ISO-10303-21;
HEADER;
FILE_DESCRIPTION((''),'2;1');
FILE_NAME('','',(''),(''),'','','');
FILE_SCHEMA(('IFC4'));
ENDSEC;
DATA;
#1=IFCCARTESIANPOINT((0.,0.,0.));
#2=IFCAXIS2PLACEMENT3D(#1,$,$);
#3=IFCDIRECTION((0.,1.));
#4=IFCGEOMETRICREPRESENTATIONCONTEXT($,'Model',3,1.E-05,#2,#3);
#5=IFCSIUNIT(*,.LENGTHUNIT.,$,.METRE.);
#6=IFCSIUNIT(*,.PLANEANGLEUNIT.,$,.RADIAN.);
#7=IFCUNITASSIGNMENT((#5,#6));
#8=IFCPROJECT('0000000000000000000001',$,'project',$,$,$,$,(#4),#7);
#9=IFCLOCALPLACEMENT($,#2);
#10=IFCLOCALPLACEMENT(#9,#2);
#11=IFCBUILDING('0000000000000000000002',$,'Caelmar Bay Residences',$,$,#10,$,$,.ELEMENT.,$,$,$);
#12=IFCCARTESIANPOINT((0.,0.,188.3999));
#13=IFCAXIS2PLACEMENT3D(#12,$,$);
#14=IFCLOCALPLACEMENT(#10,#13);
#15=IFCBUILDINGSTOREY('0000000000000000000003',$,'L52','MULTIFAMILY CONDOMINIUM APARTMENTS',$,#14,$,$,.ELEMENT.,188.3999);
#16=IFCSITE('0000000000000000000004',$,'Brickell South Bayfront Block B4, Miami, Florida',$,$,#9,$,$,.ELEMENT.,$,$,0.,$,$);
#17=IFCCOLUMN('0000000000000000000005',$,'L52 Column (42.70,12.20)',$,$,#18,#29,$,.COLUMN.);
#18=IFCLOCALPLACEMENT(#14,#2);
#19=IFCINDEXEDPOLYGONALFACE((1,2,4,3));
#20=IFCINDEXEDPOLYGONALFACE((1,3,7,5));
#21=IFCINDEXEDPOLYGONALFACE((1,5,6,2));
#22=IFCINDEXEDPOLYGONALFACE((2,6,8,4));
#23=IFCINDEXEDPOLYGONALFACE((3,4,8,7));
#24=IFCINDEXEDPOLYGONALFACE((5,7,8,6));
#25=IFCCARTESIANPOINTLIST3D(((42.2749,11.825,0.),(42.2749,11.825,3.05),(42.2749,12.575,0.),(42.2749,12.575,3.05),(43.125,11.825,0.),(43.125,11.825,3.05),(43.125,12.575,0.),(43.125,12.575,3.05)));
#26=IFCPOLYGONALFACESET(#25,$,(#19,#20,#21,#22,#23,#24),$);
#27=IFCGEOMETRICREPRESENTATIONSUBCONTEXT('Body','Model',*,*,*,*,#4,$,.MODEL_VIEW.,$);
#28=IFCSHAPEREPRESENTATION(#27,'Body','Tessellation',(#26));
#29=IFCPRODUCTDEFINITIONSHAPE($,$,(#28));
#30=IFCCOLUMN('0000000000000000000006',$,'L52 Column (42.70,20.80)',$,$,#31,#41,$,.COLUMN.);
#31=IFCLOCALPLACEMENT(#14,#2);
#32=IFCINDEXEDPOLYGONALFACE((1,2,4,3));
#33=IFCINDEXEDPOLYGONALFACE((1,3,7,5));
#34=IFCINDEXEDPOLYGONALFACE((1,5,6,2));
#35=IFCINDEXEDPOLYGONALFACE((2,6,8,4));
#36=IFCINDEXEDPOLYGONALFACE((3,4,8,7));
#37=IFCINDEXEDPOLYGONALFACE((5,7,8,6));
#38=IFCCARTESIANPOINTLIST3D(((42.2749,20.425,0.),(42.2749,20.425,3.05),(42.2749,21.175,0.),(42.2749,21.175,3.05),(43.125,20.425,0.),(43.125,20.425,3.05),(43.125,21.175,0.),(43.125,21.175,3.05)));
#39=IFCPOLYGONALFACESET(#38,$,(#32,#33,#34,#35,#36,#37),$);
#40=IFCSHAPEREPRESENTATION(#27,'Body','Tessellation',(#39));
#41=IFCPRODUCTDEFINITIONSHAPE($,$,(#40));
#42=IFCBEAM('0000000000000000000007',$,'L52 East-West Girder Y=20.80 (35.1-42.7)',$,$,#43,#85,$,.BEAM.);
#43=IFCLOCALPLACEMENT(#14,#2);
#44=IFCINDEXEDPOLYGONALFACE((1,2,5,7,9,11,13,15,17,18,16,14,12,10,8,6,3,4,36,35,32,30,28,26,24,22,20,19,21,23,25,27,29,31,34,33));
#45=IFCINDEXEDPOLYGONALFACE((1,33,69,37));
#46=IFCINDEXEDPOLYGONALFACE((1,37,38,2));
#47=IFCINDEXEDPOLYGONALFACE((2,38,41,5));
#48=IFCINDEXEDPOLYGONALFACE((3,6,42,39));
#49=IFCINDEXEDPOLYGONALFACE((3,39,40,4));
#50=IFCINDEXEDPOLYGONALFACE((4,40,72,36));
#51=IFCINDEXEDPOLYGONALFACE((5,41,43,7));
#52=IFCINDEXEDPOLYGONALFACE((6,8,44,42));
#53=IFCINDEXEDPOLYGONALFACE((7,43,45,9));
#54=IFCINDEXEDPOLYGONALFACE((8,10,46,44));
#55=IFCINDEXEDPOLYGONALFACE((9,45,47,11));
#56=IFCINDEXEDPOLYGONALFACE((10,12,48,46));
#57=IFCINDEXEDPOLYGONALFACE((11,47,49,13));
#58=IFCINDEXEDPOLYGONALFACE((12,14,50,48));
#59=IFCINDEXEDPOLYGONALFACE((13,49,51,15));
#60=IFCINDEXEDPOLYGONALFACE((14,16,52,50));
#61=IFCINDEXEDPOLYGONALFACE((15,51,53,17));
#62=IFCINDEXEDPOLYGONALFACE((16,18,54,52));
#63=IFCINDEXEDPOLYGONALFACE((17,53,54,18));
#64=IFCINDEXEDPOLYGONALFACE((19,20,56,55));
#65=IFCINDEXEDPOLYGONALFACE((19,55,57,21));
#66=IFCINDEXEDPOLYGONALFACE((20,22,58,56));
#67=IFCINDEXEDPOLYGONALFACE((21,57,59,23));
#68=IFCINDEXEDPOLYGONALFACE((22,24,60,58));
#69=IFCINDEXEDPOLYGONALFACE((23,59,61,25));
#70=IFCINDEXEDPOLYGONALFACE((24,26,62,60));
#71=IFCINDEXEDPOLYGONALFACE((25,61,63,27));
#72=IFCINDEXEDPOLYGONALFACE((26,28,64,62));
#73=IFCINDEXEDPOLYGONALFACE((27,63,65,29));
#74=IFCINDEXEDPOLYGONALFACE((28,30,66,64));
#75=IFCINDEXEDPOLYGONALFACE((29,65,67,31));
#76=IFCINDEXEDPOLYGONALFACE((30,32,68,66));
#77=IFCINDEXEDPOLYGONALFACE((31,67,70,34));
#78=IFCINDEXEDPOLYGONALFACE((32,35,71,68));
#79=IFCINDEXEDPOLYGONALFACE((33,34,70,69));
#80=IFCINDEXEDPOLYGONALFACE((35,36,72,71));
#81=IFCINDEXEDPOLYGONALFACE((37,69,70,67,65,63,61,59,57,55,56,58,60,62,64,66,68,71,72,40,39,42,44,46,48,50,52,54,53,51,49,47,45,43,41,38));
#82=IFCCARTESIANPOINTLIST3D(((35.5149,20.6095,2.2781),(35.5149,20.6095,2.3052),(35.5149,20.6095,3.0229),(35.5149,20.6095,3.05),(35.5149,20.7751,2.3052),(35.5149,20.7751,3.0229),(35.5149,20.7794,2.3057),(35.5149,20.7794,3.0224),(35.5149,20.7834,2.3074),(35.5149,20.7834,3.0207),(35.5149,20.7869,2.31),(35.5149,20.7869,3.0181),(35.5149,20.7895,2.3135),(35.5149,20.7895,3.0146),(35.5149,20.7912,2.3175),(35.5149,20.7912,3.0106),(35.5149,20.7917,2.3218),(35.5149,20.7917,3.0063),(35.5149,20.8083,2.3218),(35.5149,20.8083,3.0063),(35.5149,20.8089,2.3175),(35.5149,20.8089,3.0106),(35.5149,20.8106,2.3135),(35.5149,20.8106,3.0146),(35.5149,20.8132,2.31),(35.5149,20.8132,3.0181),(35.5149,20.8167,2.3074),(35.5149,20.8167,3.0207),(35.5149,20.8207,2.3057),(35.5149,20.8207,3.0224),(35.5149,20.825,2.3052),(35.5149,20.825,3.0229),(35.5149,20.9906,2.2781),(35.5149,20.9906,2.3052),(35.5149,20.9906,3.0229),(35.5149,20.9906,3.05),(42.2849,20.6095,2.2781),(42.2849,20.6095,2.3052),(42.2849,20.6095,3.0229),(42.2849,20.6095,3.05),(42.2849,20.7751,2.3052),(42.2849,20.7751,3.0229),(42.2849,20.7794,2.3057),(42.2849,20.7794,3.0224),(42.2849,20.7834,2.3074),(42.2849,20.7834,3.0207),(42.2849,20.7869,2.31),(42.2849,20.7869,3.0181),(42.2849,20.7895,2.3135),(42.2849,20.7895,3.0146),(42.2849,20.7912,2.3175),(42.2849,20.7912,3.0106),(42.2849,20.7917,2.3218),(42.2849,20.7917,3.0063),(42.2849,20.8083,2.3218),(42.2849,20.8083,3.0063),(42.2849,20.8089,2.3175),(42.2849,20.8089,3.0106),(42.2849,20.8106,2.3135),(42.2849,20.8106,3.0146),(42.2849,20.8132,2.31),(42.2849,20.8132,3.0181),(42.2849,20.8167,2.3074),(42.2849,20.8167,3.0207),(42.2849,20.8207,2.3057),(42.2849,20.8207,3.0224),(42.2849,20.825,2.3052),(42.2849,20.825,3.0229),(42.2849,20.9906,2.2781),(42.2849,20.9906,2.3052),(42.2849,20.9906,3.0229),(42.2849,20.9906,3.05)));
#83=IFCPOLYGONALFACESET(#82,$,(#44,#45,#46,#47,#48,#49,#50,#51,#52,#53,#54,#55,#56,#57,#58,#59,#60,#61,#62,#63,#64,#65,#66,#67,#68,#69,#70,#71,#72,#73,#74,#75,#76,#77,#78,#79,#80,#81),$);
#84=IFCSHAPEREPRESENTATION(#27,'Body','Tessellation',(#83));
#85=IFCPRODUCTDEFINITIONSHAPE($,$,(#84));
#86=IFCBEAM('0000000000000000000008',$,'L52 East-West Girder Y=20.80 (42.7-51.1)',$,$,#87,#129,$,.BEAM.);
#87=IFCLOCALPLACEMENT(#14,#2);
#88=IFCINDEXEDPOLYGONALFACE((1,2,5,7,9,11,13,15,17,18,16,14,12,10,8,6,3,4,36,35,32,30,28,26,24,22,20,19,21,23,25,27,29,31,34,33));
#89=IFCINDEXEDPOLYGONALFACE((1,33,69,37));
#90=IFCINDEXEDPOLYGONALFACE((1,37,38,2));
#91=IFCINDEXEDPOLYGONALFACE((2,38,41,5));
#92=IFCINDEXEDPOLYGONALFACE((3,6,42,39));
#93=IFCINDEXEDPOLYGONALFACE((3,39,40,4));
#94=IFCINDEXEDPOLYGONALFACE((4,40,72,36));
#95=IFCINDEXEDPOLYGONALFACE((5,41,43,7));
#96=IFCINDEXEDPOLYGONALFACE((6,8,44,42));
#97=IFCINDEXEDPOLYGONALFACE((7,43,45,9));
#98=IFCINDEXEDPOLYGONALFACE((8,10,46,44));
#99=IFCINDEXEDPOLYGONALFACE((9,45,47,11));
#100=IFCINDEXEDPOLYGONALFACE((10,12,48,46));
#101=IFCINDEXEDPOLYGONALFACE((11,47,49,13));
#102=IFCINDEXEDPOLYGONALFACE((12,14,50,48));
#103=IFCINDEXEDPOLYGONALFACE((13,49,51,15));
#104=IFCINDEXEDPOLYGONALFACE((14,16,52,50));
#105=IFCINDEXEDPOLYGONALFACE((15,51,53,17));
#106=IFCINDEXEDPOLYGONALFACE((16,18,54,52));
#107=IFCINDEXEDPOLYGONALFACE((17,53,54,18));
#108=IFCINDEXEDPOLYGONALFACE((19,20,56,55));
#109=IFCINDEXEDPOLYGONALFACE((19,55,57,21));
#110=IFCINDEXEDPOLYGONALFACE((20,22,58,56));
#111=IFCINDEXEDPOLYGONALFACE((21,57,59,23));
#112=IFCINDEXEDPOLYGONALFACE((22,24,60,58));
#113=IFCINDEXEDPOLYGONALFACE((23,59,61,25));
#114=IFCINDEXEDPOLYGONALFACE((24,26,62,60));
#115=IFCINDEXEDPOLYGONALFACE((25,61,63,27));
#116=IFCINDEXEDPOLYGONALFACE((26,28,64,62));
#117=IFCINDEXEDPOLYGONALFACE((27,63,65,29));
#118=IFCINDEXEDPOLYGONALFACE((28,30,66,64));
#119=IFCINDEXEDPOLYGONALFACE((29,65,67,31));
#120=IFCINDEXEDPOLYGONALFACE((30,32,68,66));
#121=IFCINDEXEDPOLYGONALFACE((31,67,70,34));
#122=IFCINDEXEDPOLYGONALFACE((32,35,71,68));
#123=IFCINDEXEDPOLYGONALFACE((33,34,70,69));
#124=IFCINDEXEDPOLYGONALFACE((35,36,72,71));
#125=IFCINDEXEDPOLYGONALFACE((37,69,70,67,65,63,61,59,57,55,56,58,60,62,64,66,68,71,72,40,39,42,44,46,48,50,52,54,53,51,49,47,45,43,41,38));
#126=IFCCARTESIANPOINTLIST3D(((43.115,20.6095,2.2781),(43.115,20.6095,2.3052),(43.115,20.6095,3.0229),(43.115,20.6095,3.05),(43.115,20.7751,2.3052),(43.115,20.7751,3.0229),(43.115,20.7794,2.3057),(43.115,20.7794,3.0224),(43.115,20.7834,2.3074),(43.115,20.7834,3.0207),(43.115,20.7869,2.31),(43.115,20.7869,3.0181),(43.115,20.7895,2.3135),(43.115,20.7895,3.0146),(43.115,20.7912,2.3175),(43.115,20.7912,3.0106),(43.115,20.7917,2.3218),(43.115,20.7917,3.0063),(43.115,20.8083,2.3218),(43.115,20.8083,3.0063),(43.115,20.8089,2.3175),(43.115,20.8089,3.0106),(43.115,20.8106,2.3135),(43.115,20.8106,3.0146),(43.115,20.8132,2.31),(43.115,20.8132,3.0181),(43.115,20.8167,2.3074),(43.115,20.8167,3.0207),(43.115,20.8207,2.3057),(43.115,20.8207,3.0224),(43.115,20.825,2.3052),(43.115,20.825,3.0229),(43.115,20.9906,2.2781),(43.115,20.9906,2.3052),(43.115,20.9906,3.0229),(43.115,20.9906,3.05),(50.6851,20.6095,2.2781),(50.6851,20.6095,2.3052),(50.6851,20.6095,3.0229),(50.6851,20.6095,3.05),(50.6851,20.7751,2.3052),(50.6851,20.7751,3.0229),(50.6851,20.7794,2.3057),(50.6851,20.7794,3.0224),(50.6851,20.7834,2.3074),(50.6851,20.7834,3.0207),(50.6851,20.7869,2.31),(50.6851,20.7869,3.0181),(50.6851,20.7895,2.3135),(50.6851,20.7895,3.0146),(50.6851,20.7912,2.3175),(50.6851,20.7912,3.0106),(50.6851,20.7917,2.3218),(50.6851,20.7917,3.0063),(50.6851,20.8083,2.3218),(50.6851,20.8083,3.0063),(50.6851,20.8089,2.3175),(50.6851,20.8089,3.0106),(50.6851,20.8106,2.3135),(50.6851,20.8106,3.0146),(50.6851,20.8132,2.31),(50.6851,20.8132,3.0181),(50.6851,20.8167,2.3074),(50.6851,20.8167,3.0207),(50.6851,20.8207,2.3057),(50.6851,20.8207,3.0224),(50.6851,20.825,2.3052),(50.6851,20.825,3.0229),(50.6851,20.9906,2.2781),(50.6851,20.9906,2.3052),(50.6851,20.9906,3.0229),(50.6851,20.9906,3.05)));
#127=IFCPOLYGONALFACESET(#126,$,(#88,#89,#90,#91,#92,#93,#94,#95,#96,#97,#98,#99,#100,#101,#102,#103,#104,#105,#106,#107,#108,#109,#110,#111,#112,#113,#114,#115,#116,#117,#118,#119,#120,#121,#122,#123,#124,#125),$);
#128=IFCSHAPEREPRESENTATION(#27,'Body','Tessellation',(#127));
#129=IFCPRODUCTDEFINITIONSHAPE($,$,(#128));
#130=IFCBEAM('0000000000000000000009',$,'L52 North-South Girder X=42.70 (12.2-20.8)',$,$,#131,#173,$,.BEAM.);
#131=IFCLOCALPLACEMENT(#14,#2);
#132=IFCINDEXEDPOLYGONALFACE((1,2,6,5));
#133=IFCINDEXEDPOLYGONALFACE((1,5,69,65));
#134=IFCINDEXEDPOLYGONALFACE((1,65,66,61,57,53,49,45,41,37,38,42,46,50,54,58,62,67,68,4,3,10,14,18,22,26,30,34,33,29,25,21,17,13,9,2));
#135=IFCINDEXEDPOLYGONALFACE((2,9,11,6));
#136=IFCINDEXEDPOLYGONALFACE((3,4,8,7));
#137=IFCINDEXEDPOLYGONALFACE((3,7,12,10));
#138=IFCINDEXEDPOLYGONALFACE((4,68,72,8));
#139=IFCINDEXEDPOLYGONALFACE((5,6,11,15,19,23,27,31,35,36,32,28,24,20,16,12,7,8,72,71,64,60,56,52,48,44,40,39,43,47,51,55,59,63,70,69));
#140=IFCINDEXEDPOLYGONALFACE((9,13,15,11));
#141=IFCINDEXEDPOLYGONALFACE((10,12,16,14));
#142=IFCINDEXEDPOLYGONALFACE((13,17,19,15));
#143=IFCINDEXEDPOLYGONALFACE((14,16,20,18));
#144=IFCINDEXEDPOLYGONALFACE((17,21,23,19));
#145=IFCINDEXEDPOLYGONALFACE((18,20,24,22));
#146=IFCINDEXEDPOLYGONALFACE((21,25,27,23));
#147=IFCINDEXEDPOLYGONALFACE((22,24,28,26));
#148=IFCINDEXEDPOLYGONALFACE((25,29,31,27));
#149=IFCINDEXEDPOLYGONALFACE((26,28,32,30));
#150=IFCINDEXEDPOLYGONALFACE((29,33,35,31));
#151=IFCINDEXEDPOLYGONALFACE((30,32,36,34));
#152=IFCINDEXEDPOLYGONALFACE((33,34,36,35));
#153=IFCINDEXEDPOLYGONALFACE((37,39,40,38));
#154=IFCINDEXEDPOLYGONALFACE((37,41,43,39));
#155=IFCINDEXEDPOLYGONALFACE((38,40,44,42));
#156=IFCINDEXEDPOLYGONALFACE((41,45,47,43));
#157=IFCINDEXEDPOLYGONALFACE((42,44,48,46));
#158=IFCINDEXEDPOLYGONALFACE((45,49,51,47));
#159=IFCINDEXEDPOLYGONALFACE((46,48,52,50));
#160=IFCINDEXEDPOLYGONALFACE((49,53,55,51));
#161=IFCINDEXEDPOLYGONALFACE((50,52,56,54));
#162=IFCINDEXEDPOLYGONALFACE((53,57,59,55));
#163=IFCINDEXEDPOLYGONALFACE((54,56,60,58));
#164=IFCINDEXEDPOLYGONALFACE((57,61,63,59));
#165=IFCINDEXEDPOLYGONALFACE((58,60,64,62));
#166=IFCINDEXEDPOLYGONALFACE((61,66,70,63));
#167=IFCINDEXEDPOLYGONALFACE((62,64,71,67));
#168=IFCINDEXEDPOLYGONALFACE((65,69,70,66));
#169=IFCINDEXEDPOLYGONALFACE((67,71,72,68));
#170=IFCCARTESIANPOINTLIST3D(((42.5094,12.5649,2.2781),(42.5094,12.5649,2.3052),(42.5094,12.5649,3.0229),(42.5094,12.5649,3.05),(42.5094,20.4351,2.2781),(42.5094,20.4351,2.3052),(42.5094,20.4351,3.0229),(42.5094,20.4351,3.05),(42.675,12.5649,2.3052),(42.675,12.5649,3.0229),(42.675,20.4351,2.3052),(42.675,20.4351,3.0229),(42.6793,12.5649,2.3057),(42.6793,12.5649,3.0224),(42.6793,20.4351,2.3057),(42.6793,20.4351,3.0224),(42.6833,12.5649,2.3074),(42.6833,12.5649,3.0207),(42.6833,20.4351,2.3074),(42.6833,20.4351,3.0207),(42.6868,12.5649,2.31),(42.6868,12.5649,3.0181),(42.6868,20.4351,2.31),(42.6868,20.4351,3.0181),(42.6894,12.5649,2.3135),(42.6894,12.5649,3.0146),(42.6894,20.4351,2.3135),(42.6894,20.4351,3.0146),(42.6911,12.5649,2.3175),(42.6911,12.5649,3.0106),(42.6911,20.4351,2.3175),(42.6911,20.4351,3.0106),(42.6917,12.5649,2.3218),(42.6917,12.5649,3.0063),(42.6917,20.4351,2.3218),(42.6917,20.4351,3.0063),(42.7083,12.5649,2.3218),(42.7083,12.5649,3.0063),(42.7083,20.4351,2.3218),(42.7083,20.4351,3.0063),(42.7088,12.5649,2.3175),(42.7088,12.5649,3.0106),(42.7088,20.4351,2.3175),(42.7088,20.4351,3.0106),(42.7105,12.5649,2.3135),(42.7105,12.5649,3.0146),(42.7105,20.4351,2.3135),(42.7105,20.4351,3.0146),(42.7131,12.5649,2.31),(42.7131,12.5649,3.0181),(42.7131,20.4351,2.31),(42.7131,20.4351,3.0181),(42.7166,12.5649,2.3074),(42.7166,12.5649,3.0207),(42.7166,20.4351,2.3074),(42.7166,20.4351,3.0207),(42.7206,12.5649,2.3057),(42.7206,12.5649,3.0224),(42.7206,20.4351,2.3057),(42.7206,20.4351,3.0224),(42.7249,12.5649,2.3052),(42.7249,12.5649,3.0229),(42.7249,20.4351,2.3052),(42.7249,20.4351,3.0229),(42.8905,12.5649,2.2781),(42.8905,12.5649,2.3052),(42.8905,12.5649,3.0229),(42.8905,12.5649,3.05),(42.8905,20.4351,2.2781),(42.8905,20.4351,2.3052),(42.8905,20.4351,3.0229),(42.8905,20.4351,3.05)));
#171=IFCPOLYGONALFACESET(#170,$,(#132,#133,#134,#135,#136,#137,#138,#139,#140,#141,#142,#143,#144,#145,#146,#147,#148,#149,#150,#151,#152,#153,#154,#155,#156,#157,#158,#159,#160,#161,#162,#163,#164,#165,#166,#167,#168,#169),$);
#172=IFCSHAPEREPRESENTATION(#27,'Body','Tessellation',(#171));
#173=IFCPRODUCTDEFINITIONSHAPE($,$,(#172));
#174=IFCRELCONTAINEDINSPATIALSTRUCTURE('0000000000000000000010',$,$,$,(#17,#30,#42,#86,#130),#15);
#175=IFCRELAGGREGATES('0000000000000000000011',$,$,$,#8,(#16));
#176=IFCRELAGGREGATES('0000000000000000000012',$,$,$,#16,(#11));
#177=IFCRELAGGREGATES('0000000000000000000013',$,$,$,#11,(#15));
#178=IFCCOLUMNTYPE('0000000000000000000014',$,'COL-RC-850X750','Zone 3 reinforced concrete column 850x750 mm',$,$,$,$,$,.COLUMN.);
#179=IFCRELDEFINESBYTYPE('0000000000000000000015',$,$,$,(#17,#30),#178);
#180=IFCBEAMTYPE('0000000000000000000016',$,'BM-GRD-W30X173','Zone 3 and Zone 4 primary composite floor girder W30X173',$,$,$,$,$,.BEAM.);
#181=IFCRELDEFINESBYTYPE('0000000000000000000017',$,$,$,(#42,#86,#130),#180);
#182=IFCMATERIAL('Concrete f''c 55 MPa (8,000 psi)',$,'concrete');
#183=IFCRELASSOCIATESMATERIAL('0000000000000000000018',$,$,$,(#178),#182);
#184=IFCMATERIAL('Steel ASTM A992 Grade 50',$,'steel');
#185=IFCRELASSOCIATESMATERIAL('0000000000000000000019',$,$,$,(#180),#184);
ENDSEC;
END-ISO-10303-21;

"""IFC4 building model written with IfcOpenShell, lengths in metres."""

from ifc_helpers import new_model, si_unit, direction, frame, origin, origin_2d, place, context, subcontext, project, spatial, rectangle, i_section, extrude, material, material_profile, profile_set, type_object, element, save


model = new_model("IFC4")

# Units and contexts
model_context = context("Model", 3, precision=1e-05, world=origin(), true_north=direction((0.0, 1.0)))
body_context = subcontext(model_context, "Body", "Model", "MODEL_VIEW")
ifc_project = project(units=[si_unit("LENGTHUNIT", "METRE"), si_unit("PLANEANGLEUNIT", "RADIAN")], contexts=[model_context])

# Site, building, storey
site_placement = place(None, origin())
site = spatial("IfcSite", under=ifc_project, at=site_placement, Name="Brickell South Bayfront Block B4, Miami, Florida", CompositionType="ELEMENT", RefElevation=0.0)
building_placement = place(site_placement, origin())
building = spatial("IfcBuilding", under=site, at=building_placement, Name="Caelmar Bay Residences", CompositionType="ELEMENT")
storey_placement = place(building_placement, frame((0.0, 0.0, 188.3999)))
storey = spatial("IfcBuildingStorey", under=building, at=storey_placement, Name="L52", Description="MULTIFAMILY CONDOMINIUM APARTMENTS", CompositionType="ELEMENT", Elevation=188.3999)

# Columns
ifc_material_1 = material(Name="Concrete f'c 55 MPa (8,000 psi)", Category="concrete")
ifc_material_profile_1 = material_profile(ifc_material_1, rectangle(XDim=0.8501, YDim=0.75, at=origin_2d()), Name="RC-COL-850X750")
ifc_profile_set_1 = profile_set([ifc_material_profile_1], Name="Concrete f'c 55 MPa (8,000 psi)")
column_type = type_object("IfcColumnType", Name="COL-RC-850X750", Description="Zone 3 reinforced concrete column 850x750 mm", PredefinedType="COLUMN", material=ifc_profile_set_1)
for number, where, z_axis, x_axis, name in (
    (1, (42.7, 12.2, 0.0), (0.0, 0.0, 1.0), (1.0, 0.0, 0.0), "L52 Column (42.70,12.20)"),
    (2, (42.7, 20.8, 0.0), (0.0, 0.0, 1.0), (1.0, 0.0, 0.0), "L52 Column (42.70,20.80)"),
):
    element("IfcColumn", number, at=place(storey_placement, frame(where, z_axis=z_axis, x_axis=x_axis)), inside=storey, type_object=column_type, Name=name, PredefinedType="COLUMN", context=body_context, shape_type="SweptSolid", body=[
        extrude(rectangle(XDim=0.8501, YDim=0.75, at=origin_2d()), origin(), (0.0, 0.0, 1.0), 3.05),
    ])

# Beams
ifc_material_2 = material(Name="Steel ASTM A992 Grade 50", Category="steel")
ifc_material_profile_2 = material_profile(ifc_material_2, i_section(OverallWidth=0.3811, OverallDepth=0.772, WebThickness=0.0166, FlangeThickness=0.0271, FilletRadius=0.0166, at=origin_2d()), Name="W30X173")
ifc_profile_set_2 = profile_set([ifc_material_profile_2], Name="Steel ASTM A992 Grade 50")
beam_type_1 = type_object("IfcBeamType", Name="BM-GRD-W30X173", Description="Zone 3 and Zone 4 primary composite floor girder W30X173", PredefinedType="BEAM", material=ifc_profile_set_2)
beam_1_placement = place(storey_placement, frame((35.5149, 20.8, 2.6641), z_axis=(1.0, 0.0, 0.0), x_axis=(0.0, 1.0, 0.0)))
element("IfcBeam", 3, at=beam_1_placement, inside=storey, type_object=beam_type_1, Name="L52 East-West Girder Y=20.80 (35.1-42.7)", PredefinedType="BEAM", context=body_context, shape_type="SweptSolid", body=[
    extrude(i_section(OverallWidth=0.3811, OverallDepth=0.772, WebThickness=0.0166, FlangeThickness=0.0271, FilletRadius=0.0166, at=origin_2d()), origin(), (0.0, 0.0, 1.0), 6.77),
])
beam_2_placement = place(storey_placement, frame((43.115, 20.8, 2.6641), z_axis=(1.0, 0.0, 0.0), x_axis=(0.0, 1.0, 0.0)))
element("IfcBeam", 4, at=beam_2_placement, inside=storey, type_object=beam_type_1, Name="L52 East-West Girder Y=20.80 (42.7-51.1)", PredefinedType="BEAM", context=body_context, shape_type="SweptSolid", body=[
    extrude(i_section(OverallWidth=0.3811, OverallDepth=0.772, WebThickness=0.0166, FlangeThickness=0.0271, FilletRadius=0.0166, at=origin_2d()), origin(), (0.0, 0.0, 1.0), 7.5701),
])
beam_3_placement = place(storey_placement, frame((42.7, 12.5649, 2.6641), z_axis=(0.0, 1.0, 0.0), x_axis=(-1.0, 0.0, 0.0)))
element("IfcBeam", 5, at=beam_3_placement, inside=storey, type_object=beam_type_1, Name="L52 North-South Girder X=42.70 (12.2-20.8)", PredefinedType="BEAM", context=body_context, shape_type="SweptSolid", body=[
    extrude(i_section(OverallWidth=0.3811, OverallDepth=0.772, WebThickness=0.0166, FlangeThickness=0.0271, FilletRadius=0.0166, at=origin_2d()), origin(), (0.0, 0.0, 1.0), 7.8701),
])

save(model, "model.ifc")
